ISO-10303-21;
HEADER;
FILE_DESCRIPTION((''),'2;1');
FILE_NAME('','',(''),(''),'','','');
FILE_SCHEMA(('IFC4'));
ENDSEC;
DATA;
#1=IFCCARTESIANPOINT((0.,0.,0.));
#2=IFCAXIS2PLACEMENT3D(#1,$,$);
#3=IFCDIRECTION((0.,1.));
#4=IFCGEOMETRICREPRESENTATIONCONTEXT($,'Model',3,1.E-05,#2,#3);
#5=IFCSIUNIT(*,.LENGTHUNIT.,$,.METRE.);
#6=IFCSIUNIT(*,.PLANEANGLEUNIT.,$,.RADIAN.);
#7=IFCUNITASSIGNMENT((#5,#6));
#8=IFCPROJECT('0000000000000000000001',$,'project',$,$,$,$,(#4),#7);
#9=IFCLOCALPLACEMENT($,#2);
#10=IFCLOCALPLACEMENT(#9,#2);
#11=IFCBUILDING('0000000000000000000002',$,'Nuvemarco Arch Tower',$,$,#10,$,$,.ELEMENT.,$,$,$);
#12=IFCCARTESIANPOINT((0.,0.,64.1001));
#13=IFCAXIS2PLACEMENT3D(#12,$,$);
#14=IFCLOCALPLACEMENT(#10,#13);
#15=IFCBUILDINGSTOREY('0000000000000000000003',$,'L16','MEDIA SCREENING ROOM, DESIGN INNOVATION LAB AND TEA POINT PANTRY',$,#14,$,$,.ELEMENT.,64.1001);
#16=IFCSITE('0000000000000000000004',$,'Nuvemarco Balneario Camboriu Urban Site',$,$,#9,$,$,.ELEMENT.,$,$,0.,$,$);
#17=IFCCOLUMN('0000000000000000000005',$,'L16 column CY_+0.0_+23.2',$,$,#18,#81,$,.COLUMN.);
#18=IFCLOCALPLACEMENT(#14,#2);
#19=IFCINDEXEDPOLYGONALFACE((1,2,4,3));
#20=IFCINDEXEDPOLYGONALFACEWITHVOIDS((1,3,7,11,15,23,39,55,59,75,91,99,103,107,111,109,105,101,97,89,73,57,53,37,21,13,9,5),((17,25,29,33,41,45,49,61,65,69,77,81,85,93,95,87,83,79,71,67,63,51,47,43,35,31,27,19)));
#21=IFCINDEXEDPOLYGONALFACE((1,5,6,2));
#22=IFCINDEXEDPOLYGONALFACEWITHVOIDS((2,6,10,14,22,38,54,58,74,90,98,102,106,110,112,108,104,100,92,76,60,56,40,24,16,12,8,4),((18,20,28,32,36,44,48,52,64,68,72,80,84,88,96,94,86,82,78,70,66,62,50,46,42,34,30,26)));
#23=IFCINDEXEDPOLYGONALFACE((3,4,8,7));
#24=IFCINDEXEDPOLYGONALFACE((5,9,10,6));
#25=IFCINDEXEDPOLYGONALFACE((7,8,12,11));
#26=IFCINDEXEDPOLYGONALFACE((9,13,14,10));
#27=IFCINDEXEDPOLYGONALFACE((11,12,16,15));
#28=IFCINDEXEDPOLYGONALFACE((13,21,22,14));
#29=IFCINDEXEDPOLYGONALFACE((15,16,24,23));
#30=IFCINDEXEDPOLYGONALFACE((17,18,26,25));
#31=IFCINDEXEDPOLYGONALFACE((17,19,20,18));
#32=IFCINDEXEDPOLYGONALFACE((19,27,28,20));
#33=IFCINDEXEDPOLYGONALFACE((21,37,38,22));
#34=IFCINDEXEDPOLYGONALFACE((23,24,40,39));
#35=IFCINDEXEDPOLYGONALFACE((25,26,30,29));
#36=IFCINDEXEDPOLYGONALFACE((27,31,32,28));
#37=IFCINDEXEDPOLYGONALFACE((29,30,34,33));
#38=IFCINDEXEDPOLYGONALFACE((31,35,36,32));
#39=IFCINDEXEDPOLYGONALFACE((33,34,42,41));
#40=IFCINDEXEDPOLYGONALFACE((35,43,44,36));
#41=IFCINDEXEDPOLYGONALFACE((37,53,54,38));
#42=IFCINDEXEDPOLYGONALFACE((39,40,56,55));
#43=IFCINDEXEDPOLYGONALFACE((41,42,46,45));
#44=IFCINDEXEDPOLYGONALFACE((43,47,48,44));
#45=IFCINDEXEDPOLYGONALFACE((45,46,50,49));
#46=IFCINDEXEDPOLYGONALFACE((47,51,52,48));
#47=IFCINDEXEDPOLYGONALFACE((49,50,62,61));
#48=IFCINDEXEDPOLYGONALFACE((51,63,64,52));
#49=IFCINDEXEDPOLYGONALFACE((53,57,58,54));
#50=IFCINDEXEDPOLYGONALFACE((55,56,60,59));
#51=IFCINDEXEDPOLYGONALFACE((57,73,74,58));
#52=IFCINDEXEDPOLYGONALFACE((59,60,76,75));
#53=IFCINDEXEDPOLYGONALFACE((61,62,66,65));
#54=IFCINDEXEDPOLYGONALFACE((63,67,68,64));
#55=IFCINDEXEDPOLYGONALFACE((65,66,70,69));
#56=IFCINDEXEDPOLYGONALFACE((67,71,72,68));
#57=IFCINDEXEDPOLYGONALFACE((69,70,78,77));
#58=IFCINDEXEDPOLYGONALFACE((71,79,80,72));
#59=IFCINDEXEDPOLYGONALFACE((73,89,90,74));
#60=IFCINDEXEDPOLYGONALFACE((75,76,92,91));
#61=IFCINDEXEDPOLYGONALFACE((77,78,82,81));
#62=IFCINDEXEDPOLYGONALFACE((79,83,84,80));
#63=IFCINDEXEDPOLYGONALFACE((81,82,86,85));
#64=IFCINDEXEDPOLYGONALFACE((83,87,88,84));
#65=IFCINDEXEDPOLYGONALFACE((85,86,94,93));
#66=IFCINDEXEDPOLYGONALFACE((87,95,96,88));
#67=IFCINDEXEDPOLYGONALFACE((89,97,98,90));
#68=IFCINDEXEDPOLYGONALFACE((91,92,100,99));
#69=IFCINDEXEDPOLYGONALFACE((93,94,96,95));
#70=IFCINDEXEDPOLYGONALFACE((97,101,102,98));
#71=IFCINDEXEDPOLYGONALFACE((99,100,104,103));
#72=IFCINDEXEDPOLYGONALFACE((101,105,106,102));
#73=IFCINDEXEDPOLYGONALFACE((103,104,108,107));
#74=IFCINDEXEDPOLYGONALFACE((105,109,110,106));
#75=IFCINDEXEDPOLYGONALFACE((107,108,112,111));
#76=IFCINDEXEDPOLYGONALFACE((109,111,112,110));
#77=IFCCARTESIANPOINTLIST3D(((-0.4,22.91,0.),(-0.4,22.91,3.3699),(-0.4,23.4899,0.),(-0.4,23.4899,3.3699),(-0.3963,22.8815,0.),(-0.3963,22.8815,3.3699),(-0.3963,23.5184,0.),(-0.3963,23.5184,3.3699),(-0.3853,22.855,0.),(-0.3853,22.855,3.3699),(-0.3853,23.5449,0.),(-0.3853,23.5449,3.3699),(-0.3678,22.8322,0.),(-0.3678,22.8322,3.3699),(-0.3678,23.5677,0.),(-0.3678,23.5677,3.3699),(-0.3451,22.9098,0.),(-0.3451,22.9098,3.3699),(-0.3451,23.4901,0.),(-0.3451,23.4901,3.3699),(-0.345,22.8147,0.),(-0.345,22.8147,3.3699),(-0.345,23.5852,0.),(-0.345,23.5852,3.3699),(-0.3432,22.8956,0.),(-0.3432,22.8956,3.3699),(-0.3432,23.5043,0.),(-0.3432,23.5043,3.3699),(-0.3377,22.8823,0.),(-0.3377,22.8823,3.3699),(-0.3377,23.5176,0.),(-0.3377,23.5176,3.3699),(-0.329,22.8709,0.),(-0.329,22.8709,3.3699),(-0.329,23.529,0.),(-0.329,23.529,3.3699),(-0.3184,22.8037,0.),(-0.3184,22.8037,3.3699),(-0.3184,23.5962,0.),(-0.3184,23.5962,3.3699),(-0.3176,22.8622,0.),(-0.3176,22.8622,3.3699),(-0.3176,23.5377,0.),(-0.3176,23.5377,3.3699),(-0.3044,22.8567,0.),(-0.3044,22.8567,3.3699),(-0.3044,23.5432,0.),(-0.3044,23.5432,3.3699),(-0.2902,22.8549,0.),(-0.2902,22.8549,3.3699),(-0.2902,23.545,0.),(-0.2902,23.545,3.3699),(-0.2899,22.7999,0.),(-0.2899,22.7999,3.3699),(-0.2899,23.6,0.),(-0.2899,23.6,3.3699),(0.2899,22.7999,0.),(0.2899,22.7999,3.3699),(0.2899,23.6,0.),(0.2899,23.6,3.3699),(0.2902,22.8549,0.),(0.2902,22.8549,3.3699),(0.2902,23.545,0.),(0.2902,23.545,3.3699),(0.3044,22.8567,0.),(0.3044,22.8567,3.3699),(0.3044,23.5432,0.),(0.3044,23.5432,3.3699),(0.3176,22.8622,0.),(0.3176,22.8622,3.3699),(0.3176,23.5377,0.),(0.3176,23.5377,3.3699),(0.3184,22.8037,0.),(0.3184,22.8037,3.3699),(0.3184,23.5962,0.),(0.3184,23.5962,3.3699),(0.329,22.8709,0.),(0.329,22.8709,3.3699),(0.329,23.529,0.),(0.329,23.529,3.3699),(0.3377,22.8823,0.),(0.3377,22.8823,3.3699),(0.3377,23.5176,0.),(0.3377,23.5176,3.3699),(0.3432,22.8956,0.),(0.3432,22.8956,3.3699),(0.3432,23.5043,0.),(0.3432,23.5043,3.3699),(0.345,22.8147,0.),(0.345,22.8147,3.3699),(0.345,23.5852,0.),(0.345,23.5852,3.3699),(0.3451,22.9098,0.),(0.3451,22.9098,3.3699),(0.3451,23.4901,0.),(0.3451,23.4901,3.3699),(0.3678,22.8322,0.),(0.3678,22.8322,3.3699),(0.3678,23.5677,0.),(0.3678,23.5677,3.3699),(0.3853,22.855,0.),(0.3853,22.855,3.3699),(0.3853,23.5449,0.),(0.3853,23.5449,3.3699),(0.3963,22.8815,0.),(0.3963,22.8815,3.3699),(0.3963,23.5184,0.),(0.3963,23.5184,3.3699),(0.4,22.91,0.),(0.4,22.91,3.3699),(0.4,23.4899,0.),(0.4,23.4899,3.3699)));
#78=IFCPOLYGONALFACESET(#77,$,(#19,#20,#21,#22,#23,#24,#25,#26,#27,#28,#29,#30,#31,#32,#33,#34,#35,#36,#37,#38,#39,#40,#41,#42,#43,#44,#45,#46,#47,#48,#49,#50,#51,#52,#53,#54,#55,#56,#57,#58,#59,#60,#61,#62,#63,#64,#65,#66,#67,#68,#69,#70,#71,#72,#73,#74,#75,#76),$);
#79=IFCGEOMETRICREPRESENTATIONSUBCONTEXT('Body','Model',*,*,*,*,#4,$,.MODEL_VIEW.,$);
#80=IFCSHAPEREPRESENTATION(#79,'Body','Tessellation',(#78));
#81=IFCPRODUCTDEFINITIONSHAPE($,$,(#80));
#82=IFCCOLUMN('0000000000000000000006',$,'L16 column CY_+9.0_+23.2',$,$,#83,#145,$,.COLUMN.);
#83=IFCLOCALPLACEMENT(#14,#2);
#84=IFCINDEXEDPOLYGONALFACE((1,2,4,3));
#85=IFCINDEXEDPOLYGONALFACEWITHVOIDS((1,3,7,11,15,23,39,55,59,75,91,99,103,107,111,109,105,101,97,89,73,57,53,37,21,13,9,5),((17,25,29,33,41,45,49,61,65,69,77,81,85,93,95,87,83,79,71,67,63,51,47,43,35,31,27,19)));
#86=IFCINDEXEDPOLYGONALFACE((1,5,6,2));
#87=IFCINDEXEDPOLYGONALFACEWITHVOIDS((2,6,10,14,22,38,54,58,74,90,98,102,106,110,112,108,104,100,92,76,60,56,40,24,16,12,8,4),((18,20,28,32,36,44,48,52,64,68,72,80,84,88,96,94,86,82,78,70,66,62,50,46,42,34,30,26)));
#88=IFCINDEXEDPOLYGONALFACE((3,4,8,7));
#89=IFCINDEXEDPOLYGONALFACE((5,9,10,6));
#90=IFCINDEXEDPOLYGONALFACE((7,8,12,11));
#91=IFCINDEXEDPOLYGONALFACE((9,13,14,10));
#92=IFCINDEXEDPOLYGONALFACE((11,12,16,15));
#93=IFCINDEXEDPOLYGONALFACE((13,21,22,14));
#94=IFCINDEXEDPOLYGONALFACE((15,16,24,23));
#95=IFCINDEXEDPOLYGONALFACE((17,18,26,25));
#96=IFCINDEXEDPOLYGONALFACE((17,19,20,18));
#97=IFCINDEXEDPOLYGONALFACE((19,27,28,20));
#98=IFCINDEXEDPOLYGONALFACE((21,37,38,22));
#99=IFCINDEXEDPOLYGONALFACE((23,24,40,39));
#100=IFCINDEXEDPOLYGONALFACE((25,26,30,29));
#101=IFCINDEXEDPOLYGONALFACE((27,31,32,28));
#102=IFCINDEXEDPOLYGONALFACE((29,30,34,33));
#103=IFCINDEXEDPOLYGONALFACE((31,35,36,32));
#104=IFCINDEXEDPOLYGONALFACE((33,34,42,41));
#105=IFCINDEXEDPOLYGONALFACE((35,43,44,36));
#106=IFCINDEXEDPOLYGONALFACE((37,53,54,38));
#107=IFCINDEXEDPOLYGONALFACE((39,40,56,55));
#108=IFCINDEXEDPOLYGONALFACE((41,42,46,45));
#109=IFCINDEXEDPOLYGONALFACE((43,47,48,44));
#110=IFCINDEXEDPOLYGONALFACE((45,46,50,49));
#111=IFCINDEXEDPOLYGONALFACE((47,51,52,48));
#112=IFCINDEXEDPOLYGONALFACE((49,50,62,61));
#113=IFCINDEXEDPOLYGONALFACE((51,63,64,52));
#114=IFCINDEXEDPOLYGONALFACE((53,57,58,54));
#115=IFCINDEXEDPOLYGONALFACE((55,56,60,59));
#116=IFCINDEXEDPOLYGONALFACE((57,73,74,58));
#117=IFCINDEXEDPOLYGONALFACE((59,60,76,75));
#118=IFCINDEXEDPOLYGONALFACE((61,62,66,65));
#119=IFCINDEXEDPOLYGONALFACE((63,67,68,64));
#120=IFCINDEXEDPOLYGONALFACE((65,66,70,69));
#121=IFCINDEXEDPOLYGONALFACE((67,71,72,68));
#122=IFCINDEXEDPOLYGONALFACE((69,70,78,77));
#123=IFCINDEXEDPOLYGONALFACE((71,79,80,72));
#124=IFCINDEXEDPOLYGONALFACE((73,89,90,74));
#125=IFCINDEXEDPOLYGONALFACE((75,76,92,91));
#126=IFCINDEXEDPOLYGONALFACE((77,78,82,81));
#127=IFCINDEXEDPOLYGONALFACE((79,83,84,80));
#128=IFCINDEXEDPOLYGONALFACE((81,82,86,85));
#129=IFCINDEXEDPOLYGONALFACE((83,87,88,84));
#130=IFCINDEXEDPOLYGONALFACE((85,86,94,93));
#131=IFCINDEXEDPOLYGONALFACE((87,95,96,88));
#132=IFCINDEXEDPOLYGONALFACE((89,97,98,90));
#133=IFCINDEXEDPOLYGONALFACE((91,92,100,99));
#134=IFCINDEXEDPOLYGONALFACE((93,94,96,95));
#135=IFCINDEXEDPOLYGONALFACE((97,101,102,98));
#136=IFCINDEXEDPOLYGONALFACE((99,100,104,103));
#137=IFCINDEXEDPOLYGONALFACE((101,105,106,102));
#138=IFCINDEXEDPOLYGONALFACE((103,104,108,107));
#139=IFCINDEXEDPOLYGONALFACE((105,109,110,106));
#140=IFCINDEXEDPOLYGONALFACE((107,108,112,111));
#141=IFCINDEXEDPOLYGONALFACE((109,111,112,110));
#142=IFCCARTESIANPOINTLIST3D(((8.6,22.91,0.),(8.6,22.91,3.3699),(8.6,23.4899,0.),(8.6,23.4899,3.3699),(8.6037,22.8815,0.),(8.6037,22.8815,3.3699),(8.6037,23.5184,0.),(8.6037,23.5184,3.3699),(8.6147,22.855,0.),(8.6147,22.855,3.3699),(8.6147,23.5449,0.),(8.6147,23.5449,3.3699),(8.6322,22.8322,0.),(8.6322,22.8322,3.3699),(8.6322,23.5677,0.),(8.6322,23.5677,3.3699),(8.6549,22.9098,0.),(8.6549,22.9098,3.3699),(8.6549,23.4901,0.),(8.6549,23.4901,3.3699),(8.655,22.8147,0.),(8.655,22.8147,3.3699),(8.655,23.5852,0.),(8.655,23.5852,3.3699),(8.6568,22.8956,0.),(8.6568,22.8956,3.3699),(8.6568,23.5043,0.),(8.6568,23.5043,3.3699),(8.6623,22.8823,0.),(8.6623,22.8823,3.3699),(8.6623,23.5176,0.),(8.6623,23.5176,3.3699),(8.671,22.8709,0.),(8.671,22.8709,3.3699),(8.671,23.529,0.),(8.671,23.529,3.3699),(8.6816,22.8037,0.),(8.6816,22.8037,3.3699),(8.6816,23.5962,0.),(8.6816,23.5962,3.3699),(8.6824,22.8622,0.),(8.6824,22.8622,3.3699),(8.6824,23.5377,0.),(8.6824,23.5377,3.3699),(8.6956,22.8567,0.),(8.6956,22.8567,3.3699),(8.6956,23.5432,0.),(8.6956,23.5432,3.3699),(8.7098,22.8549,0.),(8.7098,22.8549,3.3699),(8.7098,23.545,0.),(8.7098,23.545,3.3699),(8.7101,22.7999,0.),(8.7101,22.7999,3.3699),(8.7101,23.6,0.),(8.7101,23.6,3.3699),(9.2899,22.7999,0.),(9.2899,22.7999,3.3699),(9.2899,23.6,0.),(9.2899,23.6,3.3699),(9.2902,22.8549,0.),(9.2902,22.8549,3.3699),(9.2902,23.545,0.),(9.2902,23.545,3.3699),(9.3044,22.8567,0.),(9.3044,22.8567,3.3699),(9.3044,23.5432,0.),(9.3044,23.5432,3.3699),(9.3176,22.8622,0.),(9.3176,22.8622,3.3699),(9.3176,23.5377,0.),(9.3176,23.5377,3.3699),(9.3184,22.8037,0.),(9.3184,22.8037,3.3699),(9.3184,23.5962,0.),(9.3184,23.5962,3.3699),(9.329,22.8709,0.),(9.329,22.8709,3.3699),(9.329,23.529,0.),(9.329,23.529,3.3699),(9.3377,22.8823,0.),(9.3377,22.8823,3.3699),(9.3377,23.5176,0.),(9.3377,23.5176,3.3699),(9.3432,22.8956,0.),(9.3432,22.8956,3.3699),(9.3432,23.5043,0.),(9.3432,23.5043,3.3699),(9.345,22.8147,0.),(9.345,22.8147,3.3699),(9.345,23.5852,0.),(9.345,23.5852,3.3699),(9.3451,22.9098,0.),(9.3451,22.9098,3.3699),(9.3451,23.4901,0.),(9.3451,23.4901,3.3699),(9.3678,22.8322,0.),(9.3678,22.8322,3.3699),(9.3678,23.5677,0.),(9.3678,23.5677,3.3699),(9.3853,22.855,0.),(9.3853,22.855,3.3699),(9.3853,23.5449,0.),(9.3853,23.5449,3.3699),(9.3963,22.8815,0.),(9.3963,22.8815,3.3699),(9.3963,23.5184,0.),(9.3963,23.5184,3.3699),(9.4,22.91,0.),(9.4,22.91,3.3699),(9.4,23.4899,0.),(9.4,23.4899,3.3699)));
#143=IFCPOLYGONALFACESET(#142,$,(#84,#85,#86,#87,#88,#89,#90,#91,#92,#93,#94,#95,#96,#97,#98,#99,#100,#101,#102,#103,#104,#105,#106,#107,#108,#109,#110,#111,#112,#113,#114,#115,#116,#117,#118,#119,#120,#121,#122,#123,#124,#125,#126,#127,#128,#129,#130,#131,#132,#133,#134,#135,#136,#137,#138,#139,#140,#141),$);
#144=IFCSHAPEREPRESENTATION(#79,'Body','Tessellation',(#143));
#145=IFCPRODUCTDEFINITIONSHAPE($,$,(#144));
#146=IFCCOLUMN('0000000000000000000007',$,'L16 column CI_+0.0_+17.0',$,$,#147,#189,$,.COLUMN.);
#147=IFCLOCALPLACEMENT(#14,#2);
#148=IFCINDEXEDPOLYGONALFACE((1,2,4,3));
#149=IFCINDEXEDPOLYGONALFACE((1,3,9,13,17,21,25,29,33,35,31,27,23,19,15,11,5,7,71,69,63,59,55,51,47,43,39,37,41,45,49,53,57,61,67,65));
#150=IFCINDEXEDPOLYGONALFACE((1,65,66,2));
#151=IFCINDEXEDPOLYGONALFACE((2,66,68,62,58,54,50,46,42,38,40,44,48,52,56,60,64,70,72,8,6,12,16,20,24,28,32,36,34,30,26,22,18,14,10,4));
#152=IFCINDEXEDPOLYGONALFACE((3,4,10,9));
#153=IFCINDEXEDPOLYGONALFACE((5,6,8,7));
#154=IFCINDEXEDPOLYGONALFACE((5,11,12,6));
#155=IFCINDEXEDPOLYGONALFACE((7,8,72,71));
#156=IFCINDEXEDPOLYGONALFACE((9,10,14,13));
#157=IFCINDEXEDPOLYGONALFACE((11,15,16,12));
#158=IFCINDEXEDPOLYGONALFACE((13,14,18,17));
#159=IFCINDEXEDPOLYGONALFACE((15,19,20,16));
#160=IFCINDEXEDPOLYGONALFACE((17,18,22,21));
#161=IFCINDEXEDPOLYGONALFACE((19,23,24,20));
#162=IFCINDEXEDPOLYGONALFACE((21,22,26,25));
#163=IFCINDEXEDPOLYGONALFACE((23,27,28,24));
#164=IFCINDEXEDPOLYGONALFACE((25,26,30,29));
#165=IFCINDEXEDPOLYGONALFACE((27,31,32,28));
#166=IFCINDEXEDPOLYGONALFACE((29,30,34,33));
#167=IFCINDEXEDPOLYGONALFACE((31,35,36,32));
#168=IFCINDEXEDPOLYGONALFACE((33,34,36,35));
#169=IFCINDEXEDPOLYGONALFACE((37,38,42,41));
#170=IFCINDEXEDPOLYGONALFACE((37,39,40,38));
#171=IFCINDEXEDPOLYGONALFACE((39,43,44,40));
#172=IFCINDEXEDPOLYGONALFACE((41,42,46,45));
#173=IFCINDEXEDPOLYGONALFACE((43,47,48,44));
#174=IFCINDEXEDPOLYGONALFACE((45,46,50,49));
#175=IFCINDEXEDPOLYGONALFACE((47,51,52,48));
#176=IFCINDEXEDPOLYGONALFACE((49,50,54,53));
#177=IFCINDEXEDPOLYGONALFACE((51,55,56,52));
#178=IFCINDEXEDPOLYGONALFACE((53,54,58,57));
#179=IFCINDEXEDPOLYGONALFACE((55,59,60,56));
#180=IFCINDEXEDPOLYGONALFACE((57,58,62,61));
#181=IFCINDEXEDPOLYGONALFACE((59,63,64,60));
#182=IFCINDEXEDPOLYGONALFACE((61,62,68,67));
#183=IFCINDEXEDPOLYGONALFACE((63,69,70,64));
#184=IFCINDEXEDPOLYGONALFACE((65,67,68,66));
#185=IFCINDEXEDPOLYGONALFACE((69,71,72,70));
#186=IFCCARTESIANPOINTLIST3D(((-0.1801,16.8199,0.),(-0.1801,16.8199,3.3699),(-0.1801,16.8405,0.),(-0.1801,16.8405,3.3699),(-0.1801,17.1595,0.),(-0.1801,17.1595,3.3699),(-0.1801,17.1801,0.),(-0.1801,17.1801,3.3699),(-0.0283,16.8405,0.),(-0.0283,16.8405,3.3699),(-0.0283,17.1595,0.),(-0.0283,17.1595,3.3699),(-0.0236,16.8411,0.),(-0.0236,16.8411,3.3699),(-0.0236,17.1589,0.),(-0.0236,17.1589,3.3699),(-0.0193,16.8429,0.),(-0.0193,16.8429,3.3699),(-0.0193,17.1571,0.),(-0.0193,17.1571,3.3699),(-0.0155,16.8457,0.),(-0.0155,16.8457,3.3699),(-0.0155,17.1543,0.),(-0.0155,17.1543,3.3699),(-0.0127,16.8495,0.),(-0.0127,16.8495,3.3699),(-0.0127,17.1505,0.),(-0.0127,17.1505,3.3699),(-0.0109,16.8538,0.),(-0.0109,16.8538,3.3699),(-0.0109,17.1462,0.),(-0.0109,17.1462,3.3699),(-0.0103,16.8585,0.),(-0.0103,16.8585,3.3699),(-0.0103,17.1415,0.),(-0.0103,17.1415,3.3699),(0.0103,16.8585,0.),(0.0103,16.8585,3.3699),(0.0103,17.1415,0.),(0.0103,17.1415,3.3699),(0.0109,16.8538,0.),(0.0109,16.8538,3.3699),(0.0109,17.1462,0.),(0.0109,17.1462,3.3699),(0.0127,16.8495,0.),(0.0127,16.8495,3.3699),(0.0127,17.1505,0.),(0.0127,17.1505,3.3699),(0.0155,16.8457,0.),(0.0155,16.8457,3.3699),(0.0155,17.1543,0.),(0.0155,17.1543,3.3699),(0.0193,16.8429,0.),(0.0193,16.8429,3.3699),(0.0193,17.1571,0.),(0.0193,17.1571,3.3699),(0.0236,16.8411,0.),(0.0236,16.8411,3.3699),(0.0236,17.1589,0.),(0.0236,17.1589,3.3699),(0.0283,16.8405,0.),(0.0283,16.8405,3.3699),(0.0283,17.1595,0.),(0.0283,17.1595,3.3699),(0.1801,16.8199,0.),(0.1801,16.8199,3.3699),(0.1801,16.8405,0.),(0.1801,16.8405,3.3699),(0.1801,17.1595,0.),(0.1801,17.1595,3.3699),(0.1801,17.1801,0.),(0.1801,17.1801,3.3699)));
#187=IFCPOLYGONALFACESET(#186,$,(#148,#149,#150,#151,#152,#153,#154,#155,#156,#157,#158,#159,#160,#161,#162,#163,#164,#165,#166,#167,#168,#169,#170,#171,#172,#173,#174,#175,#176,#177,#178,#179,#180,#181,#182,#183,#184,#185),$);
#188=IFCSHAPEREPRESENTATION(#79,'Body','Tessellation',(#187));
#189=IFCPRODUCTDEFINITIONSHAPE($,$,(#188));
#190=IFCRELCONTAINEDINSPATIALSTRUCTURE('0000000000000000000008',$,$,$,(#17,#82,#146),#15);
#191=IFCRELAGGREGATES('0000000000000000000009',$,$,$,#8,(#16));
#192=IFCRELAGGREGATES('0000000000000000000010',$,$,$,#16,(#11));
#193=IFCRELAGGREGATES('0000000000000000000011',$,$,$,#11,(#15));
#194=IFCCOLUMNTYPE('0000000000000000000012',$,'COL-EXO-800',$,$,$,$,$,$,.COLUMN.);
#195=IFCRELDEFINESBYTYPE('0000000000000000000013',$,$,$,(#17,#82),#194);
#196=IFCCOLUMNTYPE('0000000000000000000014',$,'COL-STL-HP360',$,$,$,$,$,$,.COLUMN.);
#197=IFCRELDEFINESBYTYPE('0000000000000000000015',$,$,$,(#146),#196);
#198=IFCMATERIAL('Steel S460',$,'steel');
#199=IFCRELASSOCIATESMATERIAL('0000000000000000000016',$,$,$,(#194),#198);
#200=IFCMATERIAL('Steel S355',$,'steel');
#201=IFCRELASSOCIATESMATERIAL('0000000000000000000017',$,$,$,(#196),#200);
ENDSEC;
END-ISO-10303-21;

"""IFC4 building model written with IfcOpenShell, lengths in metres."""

from ifc_helpers import new_model, si_unit, direction, frame, origin, origin_2d, place, context, subcontext, project, spatial, hollow_rectangle, i_section, extrude, material, material_profile, profile_set, type_object, element, save


model = new_model("IFC4")

# Units and contexts
model_context = context("Model", 3, precision=1e-05, world=origin(), true_north=direction((0.0, 1.0)))
body_context = subcontext(model_context, "Body", "Model", "MODEL_VIEW")
ifc_project = project(units=[si_unit("LENGTHUNIT", "METRE"), si_unit("PLANEANGLEUNIT", "RADIAN")], contexts=[model_context])

# Site, building, storey
site_placement = place(None, origin())
site = spatial("IfcSite", under=ifc_project, at=site_placement, Name="Nuvemarco Balneario Camboriu Urban Site", CompositionType="ELEMENT", RefElevation=0.0)
building_placement = place(site_placement, origin())
building = spatial("IfcBuilding", under=site, at=building_placement, Name="Nuvemarco Arch Tower", CompositionType="ELEMENT")
storey_placement = place(building_placement, frame((0.0, 0.0, 64.1001)))
storey = spatial("IfcBuildingStorey", under=building, at=storey_placement, Name="L16", Description="MEDIA SCREENING ROOM, DESIGN INNOVATION LAB AND TEA POINT PANTRY", CompositionType="ELEMENT", Elevation=64.1001)

# Columns
ifc_material_1 = material(Name="Steel S460", Category="steel")
ifc_material_profile_1 = material_profile(ifc_material_1, hollow_rectangle(XDim=0.8, YDim=0.8, WallThickness=0.0549, InnerFilletRadius=0.0549, OuterFilletRadius=0.1101, at=origin_2d()), Name="SHS800x800x55")
ifc_profile_set_1 = profile_set([ifc_material_profile_1], Name="Steel S460")
column_type_1 = type_object("IfcColumnType", Name="COL-EXO-800", PredefinedType="COLUMN", material=ifc_profile_set_1)
for number, where, z_axis, x_axis, name in (
    (1, (0.0, 23.2, 0.0), (0.0, 0.0, 1.0), (1.0, 0.0, 0.0), "L16 column CY_+0.0_+23.2"),
    (2, (9.0, 23.2, 0.0), (0.0, 0.0, 1.0), (1.0, 0.0, 0.0), "L16 column CY_+9.0_+23.2"),
):
    element("IfcColumn", number, at=place(storey_placement, frame(where, z_axis=z_axis, x_axis=x_axis)), inside=storey, type_object=column_type_1, Name=name, PredefinedType="COLUMN", context=body_context, shape_type="SweptSolid", body=[
        extrude(hollow_rectangle(XDim=0.8, YDim=0.8, WallThickness=0.0549, InnerFilletRadius=0.0549, OuterFilletRadius=0.1101, at=origin_2d()), origin(), (0.0, 0.0, 1.0), 3.3699),
    ])
ifc_material_2 = material(Name="Steel S355", Category="steel")
ifc_material_profile_2 = material_profile(ifc_material_2, i_section(OverallWidth=0.3601, OverallDepth=0.3601, WebThickness=0.0205, FlangeThickness=0.0205, FilletRadius=0.0181, at=origin_2d()), Name="HP360x174")
ifc_profile_set_2 = profile_set([ifc_material_profile_2], Name="Steel S355")
column_type_2 = type_object("IfcColumnType", Name="COL-STL-HP360", PredefinedType="COLUMN", material=ifc_profile_set_2)
for number, where, z_axis, x_axis, name in (
    (3, (0.0, 17.0, 0.0), (0.0, 0.0, 1.0), (1.0, 0.0, 0.0), "L16 column CI_+0.0_+17.0"),
):
    element("IfcColumn", number, at=place(storey_placement, frame(where, z_axis=z_axis, x_axis=x_axis)), inside=storey, type_object=column_type_2, Name=name, PredefinedType="COLUMN", context=body_context, shape_type="SweptSolid", body=[
        extrude(i_section(OverallWidth=0.3601, OverallDepth=0.3601, WebThickness=0.0205, FlangeThickness=0.0205, FilletRadius=0.0181, at=origin_2d()), origin(), (0.0, 0.0, 1.0), 3.3699),
    ])

save(model, "model.ifc")
